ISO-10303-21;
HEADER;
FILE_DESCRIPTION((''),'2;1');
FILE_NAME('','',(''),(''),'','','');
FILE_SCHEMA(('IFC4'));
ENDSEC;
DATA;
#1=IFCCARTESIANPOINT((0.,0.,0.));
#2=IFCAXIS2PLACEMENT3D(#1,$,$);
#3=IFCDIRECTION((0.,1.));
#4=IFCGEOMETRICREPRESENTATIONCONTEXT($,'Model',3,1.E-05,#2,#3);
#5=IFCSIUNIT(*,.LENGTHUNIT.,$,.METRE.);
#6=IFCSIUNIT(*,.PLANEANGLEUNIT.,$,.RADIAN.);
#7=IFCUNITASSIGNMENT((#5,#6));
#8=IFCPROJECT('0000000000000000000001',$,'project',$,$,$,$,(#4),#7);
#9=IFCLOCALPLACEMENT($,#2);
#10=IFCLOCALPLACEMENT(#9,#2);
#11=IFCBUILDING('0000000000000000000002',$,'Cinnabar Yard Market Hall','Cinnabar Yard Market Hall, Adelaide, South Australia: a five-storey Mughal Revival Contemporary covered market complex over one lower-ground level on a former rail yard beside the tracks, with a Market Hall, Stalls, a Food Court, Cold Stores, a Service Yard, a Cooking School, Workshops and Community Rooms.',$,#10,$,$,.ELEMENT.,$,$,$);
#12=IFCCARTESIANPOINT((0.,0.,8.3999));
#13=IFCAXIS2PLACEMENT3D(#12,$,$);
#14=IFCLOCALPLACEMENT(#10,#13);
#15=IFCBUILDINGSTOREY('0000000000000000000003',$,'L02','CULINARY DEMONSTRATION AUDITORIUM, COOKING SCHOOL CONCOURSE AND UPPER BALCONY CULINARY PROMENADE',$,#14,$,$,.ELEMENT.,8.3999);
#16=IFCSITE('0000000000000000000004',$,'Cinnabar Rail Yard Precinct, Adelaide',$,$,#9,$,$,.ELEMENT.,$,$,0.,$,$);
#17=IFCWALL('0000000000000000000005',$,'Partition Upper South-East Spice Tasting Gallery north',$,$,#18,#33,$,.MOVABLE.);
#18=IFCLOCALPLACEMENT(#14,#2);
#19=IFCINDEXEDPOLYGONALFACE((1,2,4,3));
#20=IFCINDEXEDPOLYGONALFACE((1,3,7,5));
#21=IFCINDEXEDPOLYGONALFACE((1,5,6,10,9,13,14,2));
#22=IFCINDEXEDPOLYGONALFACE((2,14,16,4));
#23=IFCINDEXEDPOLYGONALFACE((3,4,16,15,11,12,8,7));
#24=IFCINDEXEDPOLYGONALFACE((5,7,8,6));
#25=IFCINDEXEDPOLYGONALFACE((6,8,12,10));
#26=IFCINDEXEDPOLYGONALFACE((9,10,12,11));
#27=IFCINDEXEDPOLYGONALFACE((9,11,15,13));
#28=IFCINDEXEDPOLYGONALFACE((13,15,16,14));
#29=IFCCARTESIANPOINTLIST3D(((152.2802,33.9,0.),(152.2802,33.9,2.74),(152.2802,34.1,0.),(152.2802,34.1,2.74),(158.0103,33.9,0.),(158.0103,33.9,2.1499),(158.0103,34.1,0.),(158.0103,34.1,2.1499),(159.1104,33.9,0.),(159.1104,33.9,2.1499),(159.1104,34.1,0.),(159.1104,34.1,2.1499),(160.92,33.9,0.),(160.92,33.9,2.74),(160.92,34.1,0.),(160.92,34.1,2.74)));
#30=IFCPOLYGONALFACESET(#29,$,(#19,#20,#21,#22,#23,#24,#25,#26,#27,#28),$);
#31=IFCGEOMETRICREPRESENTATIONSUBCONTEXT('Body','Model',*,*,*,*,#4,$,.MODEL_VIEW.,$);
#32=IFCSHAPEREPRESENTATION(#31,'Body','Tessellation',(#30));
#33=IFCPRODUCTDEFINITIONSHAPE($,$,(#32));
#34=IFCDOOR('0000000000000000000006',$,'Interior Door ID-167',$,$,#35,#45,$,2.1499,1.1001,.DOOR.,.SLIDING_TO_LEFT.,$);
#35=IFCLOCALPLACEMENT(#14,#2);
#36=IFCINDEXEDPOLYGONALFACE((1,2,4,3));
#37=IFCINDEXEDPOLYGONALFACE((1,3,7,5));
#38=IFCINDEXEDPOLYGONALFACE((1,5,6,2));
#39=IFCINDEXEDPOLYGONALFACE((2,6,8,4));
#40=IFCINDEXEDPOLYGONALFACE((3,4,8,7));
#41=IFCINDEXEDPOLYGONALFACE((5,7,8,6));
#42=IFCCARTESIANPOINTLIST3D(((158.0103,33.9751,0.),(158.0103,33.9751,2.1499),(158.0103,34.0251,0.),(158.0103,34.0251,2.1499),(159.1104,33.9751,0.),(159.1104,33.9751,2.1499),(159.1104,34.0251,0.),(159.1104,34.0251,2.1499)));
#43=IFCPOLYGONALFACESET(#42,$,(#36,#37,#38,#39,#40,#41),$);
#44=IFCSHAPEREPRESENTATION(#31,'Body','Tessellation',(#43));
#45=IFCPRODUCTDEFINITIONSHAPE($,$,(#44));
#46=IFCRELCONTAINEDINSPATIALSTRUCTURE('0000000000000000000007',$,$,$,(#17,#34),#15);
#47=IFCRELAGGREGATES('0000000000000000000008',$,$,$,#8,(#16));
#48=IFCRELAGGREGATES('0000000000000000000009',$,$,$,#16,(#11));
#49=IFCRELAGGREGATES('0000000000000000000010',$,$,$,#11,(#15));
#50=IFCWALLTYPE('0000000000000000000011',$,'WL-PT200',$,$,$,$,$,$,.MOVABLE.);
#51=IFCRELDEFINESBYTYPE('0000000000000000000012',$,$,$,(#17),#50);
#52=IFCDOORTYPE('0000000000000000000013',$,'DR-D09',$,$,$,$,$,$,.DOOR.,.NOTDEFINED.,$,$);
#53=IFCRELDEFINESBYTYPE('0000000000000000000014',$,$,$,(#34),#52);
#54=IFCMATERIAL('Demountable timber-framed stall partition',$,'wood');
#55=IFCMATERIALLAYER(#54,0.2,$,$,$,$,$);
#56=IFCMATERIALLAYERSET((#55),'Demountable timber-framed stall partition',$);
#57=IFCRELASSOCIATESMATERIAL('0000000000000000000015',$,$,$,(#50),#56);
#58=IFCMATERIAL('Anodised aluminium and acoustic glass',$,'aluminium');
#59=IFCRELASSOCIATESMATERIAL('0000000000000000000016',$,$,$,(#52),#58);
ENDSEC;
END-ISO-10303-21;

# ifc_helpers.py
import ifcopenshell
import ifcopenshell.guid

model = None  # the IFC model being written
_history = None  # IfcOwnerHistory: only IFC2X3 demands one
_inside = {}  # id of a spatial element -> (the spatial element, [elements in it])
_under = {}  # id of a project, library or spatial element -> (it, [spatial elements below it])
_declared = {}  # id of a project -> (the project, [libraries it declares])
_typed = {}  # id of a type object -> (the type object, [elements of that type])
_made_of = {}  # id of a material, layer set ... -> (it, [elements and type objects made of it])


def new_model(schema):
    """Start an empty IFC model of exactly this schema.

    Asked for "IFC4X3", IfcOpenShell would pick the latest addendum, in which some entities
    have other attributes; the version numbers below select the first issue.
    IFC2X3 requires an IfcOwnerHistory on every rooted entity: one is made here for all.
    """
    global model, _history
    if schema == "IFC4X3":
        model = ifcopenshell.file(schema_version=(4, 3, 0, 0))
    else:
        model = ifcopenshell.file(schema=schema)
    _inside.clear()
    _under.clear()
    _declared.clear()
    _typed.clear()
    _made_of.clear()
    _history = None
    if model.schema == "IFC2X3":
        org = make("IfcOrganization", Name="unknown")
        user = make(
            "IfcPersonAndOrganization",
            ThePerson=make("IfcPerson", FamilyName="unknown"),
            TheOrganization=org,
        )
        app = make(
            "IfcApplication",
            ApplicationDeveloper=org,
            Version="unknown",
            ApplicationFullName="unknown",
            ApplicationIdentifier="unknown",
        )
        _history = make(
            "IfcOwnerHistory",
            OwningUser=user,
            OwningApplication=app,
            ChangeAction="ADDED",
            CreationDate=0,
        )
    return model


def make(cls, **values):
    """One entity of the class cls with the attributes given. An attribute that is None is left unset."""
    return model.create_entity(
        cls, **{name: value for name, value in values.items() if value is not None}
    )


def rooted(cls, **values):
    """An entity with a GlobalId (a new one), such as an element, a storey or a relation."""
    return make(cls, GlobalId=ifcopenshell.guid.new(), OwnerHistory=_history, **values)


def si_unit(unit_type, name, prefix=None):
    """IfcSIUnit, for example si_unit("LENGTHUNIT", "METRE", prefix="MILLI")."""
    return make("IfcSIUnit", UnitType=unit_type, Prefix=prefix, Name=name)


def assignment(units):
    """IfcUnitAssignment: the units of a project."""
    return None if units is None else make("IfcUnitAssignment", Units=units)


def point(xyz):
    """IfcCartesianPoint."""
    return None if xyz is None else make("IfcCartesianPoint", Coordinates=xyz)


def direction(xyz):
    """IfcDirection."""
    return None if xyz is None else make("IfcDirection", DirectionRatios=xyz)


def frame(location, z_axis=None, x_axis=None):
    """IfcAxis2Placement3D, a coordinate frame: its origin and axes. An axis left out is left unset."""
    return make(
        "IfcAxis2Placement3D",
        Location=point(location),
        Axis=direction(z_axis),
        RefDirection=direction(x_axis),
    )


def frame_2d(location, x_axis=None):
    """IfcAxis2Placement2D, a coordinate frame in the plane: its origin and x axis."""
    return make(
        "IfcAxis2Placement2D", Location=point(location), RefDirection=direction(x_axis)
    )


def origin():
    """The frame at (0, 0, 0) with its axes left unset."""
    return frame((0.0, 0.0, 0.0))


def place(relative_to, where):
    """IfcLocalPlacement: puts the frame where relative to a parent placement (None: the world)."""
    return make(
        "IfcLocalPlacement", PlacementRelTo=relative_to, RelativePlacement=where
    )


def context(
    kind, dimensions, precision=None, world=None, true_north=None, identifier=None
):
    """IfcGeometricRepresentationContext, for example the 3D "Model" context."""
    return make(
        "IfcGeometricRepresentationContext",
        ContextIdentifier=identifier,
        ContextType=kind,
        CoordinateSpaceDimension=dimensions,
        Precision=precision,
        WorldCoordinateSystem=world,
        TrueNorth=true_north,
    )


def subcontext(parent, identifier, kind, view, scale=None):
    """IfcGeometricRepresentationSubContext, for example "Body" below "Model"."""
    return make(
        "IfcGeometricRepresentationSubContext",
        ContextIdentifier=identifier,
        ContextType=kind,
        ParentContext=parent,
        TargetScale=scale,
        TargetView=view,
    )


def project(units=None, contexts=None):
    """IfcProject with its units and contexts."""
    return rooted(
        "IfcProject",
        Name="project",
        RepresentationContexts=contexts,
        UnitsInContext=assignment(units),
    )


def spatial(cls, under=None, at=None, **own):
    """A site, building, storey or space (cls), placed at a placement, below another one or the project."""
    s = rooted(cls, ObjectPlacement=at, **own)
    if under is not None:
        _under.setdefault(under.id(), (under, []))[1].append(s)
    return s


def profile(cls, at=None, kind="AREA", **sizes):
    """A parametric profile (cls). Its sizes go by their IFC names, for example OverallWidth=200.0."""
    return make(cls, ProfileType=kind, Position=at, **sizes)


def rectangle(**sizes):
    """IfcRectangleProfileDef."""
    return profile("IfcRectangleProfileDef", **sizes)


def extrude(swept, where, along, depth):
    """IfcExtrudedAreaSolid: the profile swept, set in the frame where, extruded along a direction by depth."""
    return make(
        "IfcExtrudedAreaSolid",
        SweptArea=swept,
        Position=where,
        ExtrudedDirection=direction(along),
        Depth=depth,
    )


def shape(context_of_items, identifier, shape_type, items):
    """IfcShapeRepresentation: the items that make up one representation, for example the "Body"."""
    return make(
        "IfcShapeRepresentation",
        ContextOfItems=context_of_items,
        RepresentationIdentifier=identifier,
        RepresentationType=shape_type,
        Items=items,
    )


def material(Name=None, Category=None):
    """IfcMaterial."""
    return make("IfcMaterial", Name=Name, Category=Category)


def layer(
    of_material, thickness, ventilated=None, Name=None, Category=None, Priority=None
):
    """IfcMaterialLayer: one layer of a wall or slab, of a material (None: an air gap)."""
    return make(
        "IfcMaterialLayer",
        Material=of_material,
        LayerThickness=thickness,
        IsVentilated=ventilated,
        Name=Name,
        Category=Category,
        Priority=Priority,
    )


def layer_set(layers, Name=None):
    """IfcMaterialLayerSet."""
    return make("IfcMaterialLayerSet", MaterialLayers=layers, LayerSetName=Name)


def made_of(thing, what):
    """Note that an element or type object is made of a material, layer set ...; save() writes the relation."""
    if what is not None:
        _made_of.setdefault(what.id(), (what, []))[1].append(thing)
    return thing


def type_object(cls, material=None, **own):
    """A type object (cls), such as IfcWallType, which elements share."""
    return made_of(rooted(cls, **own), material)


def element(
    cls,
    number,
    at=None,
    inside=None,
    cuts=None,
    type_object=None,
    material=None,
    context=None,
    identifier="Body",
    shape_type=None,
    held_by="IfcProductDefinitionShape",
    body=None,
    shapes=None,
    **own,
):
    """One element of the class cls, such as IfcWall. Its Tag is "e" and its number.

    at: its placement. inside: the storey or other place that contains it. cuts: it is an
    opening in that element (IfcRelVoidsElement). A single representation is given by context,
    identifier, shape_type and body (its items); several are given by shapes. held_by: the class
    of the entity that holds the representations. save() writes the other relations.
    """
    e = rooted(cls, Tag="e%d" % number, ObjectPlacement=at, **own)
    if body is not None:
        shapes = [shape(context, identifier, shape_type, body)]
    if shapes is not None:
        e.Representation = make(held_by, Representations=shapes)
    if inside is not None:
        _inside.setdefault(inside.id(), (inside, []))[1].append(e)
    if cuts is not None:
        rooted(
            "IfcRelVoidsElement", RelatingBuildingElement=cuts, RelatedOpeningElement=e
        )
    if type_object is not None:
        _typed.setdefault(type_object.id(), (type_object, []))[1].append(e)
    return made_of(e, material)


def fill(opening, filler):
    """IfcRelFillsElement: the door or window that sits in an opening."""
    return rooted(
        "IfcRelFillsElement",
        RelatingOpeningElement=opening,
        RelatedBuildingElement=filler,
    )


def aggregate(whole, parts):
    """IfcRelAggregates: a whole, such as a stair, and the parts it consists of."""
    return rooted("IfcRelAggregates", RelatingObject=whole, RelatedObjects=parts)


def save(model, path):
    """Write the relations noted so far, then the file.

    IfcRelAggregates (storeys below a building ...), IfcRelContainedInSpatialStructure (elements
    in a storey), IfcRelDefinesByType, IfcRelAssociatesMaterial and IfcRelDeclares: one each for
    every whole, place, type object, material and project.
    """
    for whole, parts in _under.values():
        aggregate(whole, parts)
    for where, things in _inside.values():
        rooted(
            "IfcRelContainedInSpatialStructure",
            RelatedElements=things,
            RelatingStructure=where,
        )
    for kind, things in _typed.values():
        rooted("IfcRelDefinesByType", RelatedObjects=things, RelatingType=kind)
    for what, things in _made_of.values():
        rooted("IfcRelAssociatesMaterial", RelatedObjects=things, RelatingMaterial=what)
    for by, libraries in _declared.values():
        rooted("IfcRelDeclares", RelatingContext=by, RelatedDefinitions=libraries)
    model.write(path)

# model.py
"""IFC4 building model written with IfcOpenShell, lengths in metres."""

from ifc_helpers import new_model, si_unit, direction, frame, frame_2d, origin, place, context, subcontext, project, spatial, rectangle, extrude, material, layer, layer_set, type_object, element, fill, save


model = new_model("IFC4")

# Units and contexts
model_context = context("Model", 3, precision=1e-05, world=origin(), true_north=direction((0.0, 1.0)))
body_context = subcontext(model_context, "Body", "Model", "MODEL_VIEW")
ifc_project = project(units=[si_unit("LENGTHUNIT", "METRE"), si_unit("PLANEANGLEUNIT", "RADIAN")], contexts=[model_context])

# Site, building, storey
site_placement = place(None, origin())
site = spatial("IfcSite", under=ifc_project, at=site_placement, Name="Cinnabar Rail Yard Precinct, Adelaide", CompositionType="ELEMENT", RefElevation=0.0)
building_placement = place(site_placement, origin())
building = spatial("IfcBuilding", under=site, at=building_placement, Name="Cinnabar Yard Market Hall", Description="Cinnabar Yard Market Hall, Adelaide, South Australia: a five-storey Mughal Revival Contemporary covered market complex over one lower-ground level on a former rail yard beside the tracks, with a Market Hall, Stalls, a Food Court, Cold Stores, a Service Yard, a Cooking School, Workshops and Community Rooms.", CompositionType="ELEMENT")
storey_placement = place(building_placement, frame((0.0, 0.0, 8.3999)))
storey = spatial("IfcBuildingStorey", under=building, at=storey_placement, Name="L02", Description="CULINARY DEMONSTRATION AUDITORIUM, COOKING SCHOOL CONCOURSE AND UPPER BALCONY CULINARY PROMENADE", CompositionType="ELEMENT", Elevation=8.3999)

# Wall, opening, door
ifc_material_1 = material(Name="Demountable timber-framed stall partition", Category="wood")
ifc_layer_1 = layer(ifc_material_1, 0.2)
ifc_layer_set_1 = layer_set([ifc_layer_1], Name="Demountable timber-framed stall partition")
wall_type_1 = type_object("IfcWallType", Name="WL-PT200", PredefinedType="MOVABLE", material=ifc_layer_set_1)
wall_1_placement = place(storey_placement, frame((160.9199, 34.0, 0.0), z_axis=(0.0, 0.0, 1.0), x_axis=(-1.0, 0.0, 0.0)))
wall_1 = element("IfcWall", 1, at=wall_1_placement, inside=storey, type_object=wall_type_1, Name="Partition Upper South-East Spice Tasting Gallery north", PredefinedType="MOVABLE", context=body_context, shape_type="SweptSolid", body=[
    extrude(rectangle(XDim=8.6399, YDim=0.2, at=frame_2d((4.3198, 0.0), x_axis=(1.0, 0.0))), origin(), (0.0, 0.0, 1.0), 2.74),
])
opening_placement = place(wall_1_placement, frame((1.8096, 0.0, 0.0)))
opening = element("IfcOpeningElement", 2, at=opening_placement, cuts=wall_1, PredefinedType="OPENING", context=body_context, shape_type="SweptSolid", body=[
    extrude(rectangle(XDim=1.1001, YDim=2.1499, at=frame_2d((0.55, 1.075), x_axis=(1.0, 0.0))), frame((0.0, 0.1099, 0.0), z_axis=(0.0, -1.0, 0.0), x_axis=(1.0, 0.0, 0.0)), (0.0, 0.0, 1.0), 0.22),
])
ifc_material_2 = material(Name="Anodised aluminium and acoustic glass", Category="aluminium")
door_type = type_object("IfcDoorType", Name="DR-D09", OperationType="NOTDEFINED", PredefinedType="DOOR", material=ifc_material_2)
door_placement = place(opening_placement, origin())
door = element("IfcDoor", 3, at=door_placement, inside=storey, type_object=door_type, Name="Interior Door ID-167", OperationType="SLIDING_TO_LEFT", OverallHeight=2.1499, OverallWidth=1.1001, PredefinedType="DOOR", context=body_context, shape_type="SweptSolid", body=[
    extrude(rectangle(XDim=1.1001, YDim=2.1499, at=frame_2d((0.55, 1.075), x_axis=(1.0, 0.0))), frame((0.0, 0.0249, 0.0), z_axis=(0.0, -1.0, 0.0), x_axis=(1.0, 0.0, 0.0)), (0.0, 0.0, 1.0), 0.05),
])
fill(opening, door)

save(model, "model.ifc")
